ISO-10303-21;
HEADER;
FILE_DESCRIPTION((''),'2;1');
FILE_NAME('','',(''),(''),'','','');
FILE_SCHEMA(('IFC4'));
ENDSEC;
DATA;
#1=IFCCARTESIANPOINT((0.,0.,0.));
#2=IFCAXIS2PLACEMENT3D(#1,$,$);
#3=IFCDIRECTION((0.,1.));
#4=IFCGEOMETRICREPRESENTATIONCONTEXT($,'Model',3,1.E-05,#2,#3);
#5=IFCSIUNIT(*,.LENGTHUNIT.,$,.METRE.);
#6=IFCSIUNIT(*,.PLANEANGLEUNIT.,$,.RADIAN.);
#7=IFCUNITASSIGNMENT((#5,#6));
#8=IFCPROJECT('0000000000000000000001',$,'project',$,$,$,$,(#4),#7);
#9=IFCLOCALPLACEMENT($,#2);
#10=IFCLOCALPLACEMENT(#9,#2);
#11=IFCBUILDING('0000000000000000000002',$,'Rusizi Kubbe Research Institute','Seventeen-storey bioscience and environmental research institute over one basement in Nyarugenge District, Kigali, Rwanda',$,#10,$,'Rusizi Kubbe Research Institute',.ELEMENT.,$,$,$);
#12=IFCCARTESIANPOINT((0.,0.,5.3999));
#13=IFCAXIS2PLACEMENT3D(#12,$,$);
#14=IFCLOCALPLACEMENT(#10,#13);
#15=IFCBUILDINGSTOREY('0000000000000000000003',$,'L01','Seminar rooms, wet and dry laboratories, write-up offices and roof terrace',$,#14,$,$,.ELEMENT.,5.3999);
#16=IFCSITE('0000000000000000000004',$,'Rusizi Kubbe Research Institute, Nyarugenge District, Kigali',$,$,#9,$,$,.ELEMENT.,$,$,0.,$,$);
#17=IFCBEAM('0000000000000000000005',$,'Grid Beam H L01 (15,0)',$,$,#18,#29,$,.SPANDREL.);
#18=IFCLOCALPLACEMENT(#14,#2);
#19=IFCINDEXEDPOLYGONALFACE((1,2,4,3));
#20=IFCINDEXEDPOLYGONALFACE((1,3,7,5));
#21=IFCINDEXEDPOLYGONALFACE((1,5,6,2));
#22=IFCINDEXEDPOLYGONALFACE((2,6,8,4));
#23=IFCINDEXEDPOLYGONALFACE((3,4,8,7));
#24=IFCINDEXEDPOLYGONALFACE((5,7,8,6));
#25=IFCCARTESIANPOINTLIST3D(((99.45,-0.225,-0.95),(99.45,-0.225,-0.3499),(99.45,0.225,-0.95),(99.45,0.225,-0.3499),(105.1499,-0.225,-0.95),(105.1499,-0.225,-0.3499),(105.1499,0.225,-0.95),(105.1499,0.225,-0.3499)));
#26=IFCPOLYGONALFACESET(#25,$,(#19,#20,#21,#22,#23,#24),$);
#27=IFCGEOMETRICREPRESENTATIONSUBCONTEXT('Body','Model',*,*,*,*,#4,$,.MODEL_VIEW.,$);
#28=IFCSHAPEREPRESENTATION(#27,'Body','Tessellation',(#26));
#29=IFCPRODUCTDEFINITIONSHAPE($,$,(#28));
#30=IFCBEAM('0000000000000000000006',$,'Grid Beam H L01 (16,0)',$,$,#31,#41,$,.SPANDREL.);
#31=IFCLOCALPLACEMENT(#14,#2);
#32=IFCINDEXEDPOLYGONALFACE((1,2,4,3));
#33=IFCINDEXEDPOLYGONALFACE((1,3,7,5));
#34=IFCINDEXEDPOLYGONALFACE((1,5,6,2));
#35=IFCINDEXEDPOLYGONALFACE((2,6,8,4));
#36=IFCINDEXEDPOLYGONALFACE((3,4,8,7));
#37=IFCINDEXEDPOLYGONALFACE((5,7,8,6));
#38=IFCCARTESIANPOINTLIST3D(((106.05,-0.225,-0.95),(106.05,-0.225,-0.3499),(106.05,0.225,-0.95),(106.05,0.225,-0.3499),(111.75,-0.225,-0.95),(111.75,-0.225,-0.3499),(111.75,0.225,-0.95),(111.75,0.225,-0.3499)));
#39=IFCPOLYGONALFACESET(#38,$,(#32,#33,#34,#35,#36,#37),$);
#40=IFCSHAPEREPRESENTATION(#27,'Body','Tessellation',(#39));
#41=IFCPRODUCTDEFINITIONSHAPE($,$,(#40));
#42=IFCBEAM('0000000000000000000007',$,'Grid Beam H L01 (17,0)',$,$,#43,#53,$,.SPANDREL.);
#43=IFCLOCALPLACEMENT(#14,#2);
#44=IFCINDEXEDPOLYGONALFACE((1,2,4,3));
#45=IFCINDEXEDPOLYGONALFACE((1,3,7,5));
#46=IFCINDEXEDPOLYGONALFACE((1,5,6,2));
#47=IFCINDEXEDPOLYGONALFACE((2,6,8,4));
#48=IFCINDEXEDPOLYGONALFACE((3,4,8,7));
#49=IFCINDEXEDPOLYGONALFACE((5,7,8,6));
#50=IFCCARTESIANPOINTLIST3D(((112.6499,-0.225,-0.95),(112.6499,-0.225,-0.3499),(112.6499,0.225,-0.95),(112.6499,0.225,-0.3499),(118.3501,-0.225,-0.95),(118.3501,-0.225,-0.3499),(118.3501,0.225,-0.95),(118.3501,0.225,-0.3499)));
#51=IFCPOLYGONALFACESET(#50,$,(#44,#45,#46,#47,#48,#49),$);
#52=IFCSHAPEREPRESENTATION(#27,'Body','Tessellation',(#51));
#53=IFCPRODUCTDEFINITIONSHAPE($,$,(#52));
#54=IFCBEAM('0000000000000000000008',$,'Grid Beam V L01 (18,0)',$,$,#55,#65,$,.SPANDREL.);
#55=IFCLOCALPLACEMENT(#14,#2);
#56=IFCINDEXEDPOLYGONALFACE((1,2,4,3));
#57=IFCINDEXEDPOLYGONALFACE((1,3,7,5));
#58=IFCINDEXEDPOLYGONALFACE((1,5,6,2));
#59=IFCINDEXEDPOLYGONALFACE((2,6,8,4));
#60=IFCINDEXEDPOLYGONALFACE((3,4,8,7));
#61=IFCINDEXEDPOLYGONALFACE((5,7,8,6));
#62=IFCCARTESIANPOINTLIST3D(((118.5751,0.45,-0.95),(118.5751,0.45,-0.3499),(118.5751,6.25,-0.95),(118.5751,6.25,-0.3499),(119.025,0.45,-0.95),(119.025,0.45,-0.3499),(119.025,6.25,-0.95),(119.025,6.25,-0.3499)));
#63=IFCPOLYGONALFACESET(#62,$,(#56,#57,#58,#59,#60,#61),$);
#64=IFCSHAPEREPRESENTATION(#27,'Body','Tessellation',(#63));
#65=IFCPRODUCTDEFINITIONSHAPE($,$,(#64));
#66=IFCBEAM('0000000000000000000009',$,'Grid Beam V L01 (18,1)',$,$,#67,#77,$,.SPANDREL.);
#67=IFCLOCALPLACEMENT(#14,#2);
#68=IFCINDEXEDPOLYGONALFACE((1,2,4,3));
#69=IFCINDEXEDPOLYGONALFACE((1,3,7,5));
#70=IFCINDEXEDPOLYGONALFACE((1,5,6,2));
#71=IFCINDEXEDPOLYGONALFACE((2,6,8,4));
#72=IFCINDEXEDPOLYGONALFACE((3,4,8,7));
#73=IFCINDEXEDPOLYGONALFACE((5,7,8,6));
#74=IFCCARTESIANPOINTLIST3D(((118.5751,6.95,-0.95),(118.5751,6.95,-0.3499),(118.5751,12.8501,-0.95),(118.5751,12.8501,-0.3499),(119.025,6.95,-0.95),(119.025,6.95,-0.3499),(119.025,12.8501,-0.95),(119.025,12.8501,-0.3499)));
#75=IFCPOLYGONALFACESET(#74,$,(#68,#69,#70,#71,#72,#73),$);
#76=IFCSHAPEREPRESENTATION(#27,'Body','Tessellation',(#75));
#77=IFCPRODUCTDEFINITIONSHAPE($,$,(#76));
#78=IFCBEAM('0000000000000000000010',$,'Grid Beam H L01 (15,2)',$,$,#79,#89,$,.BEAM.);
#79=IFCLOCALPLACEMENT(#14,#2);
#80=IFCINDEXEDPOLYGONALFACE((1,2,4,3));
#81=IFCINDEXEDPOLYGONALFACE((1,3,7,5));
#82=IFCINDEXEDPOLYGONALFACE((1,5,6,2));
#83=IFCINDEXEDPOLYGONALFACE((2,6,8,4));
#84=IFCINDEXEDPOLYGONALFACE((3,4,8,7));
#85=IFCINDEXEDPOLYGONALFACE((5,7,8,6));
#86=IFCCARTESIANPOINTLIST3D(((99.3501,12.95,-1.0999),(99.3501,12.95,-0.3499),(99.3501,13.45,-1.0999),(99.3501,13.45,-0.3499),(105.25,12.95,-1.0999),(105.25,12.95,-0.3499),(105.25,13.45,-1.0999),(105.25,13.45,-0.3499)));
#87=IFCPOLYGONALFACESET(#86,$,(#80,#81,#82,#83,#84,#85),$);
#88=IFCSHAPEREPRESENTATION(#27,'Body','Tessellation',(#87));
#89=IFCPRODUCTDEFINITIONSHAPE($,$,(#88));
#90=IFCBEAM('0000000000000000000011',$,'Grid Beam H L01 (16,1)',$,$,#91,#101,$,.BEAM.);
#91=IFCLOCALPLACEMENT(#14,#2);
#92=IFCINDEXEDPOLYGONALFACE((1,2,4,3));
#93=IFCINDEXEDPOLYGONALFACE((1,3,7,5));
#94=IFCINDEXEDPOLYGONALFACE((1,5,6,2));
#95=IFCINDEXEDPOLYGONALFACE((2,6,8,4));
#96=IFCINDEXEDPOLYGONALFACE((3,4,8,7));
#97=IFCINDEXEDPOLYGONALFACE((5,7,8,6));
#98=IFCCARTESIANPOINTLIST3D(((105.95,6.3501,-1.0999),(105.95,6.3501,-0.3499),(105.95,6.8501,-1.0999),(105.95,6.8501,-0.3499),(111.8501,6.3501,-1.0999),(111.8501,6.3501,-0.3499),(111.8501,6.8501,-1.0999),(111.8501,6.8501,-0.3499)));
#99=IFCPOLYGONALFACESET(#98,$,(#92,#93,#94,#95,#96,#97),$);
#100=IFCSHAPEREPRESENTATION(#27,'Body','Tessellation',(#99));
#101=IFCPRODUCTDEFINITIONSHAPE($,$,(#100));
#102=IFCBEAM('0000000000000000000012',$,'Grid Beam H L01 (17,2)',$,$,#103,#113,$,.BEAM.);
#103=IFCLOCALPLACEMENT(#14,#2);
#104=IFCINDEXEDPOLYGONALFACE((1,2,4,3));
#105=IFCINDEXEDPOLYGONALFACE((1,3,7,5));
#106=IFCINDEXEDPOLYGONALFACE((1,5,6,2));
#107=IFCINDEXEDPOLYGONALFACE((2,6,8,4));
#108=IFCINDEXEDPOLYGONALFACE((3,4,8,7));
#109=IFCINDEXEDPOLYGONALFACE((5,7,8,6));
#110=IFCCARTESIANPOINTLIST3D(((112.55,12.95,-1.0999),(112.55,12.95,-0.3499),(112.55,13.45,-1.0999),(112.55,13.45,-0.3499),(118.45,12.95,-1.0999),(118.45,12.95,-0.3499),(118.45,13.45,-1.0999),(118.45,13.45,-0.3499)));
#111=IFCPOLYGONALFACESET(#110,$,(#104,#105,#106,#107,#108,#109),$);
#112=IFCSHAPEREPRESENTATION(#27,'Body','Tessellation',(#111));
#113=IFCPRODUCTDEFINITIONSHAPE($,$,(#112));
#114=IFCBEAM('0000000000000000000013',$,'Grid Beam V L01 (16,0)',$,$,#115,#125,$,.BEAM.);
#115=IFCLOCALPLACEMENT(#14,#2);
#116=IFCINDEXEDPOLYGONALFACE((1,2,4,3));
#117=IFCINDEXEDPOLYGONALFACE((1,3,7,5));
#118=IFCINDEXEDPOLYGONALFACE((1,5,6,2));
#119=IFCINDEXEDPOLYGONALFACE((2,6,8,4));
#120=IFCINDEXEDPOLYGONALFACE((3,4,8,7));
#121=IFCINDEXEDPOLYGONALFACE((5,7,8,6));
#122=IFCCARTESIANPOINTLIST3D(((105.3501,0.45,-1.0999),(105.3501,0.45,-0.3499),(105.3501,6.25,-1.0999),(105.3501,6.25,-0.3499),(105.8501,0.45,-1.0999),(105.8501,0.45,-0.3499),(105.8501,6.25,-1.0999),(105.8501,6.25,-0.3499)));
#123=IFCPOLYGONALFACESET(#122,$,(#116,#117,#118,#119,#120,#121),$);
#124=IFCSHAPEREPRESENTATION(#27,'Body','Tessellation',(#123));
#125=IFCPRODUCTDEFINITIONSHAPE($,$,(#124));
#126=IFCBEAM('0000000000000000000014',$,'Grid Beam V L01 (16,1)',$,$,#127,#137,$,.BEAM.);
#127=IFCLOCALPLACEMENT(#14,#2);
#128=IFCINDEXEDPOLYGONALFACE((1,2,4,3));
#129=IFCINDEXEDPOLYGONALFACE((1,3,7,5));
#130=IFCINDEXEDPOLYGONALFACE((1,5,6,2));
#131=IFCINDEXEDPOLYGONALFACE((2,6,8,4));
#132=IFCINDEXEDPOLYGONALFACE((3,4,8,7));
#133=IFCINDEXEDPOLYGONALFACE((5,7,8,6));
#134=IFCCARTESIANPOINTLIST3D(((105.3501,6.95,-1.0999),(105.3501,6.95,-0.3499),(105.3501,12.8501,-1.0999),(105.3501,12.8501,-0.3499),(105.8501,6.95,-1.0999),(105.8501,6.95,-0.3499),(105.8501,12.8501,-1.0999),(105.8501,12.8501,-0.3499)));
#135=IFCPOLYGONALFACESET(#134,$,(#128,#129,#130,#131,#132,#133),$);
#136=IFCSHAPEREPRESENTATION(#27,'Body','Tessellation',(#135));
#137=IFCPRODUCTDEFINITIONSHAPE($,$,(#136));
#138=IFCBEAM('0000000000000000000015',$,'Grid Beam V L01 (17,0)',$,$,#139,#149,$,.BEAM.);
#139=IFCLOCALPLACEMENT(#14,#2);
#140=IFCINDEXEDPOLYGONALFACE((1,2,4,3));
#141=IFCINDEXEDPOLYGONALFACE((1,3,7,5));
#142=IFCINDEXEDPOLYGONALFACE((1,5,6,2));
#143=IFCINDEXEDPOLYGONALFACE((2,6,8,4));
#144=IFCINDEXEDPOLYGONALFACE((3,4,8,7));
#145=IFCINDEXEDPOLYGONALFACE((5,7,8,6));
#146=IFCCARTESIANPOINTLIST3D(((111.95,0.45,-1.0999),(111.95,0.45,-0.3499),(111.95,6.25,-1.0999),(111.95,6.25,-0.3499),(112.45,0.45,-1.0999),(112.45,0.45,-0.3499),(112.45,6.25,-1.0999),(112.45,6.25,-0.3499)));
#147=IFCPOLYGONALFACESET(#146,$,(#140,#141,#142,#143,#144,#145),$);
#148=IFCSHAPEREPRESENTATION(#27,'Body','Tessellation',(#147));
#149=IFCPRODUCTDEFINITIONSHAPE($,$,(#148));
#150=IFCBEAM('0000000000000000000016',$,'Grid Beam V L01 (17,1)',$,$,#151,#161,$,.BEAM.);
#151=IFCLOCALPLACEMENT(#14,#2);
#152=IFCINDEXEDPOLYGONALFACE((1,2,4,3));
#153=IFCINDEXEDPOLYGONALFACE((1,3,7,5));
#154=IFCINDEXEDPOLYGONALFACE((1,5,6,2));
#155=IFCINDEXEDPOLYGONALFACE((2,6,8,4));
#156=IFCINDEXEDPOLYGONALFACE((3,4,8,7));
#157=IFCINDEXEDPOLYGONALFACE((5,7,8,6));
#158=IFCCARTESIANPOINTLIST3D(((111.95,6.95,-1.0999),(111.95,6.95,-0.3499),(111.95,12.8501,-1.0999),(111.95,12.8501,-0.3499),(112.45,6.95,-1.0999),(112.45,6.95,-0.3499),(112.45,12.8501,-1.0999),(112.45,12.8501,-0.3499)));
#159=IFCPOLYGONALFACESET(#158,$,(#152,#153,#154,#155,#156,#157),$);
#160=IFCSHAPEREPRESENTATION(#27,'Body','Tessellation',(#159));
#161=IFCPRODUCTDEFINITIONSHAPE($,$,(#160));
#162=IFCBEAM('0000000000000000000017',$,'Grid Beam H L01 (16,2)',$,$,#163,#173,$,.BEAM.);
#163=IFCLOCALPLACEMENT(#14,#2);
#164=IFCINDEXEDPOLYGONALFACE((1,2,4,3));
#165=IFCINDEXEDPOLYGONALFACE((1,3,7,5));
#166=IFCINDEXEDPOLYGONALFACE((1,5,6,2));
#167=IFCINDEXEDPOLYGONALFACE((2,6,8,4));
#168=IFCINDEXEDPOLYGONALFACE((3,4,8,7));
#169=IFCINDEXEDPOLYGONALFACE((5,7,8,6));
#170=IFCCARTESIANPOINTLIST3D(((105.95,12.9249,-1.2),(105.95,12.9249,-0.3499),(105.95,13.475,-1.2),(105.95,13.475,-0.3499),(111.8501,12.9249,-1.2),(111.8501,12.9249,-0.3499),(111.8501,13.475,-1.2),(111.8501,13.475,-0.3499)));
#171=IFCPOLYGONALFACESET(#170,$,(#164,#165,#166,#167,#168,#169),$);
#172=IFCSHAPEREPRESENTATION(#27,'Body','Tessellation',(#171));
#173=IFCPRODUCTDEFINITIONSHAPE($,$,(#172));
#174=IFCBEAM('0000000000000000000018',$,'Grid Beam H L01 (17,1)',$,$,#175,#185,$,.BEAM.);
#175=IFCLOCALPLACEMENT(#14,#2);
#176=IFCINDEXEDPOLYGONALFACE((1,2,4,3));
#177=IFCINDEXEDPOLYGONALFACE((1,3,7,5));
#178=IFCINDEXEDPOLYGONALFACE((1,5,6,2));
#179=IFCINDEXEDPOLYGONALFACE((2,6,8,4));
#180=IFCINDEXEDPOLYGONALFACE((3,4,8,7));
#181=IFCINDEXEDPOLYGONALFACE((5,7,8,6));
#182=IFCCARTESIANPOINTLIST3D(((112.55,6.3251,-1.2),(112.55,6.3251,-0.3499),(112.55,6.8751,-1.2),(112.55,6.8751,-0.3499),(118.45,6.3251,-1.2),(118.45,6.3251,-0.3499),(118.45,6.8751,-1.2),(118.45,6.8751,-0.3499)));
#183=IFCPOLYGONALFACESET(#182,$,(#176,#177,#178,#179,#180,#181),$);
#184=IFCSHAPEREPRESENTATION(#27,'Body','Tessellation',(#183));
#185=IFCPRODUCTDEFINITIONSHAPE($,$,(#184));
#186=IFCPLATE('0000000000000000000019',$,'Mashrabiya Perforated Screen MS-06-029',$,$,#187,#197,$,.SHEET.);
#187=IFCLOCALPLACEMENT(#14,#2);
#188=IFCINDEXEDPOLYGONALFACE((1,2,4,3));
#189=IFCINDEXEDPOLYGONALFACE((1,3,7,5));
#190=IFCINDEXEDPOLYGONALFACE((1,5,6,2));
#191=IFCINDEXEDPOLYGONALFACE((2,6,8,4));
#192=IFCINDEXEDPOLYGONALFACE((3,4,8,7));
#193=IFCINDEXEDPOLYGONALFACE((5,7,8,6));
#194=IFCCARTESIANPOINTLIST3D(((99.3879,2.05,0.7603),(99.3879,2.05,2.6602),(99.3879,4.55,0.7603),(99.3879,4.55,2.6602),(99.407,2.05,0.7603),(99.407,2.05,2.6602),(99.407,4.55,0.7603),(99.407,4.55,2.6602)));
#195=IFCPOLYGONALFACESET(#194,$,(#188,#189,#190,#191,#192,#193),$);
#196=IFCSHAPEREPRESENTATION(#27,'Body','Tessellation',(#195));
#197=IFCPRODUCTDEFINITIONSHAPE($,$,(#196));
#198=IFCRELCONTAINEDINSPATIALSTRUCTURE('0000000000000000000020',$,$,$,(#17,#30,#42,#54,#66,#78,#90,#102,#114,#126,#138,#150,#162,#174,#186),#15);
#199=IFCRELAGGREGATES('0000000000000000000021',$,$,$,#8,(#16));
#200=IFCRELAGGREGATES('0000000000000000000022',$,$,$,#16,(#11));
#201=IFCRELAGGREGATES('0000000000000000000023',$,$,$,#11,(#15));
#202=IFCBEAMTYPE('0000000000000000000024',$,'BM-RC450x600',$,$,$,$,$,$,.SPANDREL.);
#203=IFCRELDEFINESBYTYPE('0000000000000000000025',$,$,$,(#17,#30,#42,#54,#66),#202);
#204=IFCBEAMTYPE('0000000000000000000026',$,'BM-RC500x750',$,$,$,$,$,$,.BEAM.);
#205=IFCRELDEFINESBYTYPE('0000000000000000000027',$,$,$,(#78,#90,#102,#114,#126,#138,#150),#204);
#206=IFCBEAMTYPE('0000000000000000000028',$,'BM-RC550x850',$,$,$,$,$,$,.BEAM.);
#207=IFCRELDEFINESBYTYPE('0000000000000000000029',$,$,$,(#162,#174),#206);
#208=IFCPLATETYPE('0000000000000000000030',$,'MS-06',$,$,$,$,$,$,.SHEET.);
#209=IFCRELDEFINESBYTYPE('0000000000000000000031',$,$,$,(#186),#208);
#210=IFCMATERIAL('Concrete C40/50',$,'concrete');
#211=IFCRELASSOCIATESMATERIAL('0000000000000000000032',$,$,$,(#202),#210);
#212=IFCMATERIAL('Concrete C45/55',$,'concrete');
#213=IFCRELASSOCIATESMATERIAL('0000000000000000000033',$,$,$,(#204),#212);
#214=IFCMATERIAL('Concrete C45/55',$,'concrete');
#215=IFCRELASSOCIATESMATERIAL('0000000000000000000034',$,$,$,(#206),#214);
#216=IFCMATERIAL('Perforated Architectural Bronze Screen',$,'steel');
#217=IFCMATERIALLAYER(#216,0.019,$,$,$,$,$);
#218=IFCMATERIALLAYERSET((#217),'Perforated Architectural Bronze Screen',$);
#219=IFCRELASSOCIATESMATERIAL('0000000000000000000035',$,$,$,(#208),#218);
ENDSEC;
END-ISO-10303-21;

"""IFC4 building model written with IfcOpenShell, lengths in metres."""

from ifc_helpers import new_model, si_unit, direction, frame, origin, origin_2d, place, context, subcontext, project, spatial, rectangle, extrude, material, layer, layer_set, material_profile, profile_set, type_object, element, save


model = new_model("IFC4")

# Units and contexts
model_context = context("Model", 3, precision=1e-05, world=origin(), true_north=direction((0.0, 1.0)))
body_context = subcontext(model_context, "Body", "Model", "MODEL_VIEW")
ifc_project = project(units=[si_unit("LENGTHUNIT", "METRE"), si_unit("PLANEANGLEUNIT", "RADIAN")], contexts=[model_context])

# Site, building, storey
site_placement = place(None, origin())
site = spatial("IfcSite", under=ifc_project, at=site_placement, Name="Rusizi Kubbe Research Institute, Nyarugenge District, Kigali", CompositionType="ELEMENT", RefElevation=0.0)
building_placement = place(site_placement, origin())
building = spatial("IfcBuilding", under=site, at=building_placement, Name="Rusizi Kubbe Research Institute", Description="Seventeen-storey bioscience and environmental research institute over one basement in Nyarugenge District, Kigali, Rwanda", LongName="Rusizi Kubbe Research Institute", CompositionType="ELEMENT")
storey_placement = place(building_placement, frame((0.0, 0.0, 5.3999)))
storey = spatial("IfcBuildingStorey", under=building, at=storey_placement, Name="L01", Description="Seminar rooms, wet and dry laboratories, write-up offices and roof terrace", CompositionType="ELEMENT", Elevation=5.3999)

# Beams
ifc_material_1 = material(Name="Concrete C40/50", Category="concrete")
ifc_material_profile_1 = material_profile(ifc_material_1, rectangle(XDim=0.45, YDim=0.6001, at=origin_2d()), Name="RC450x600")
ifc_profile_set_1 = profile_set([ifc_material_profile_1], Name="Concrete C40/50")
beam_type_1 = type_object("IfcBeamType", Name="BM-RC450x600", PredefinedType="SPANDREL", material=ifc_profile_set_1)
for number, where, z_axis, x_axis, name in (
    (1, (99.45, 0.0, -0.6499), (1.0, 0.0, 0.0), (0.0, 1.0, 0.0), "Grid Beam H L01 (15,0)"),
    (2, (106.05, 0.0, -0.6499), (1.0, 0.0, 0.0), (0.0, 1.0, 0.0), "Grid Beam H L01 (16,0)"),
):
    element("IfcBeam", number, at=place(storey_placement, frame(where, z_axis=z_axis, x_axis=x_axis)), inside=storey, type_object=beam_type_1, Name=name, PredefinedType="SPANDREL", context=body_context, shape_type="SweptSolid", body=[
        extrude(rectangle(XDim=0.45, YDim=0.6001, at=origin_2d()), origin(), (0.0, 0.0, 1.0), 5.7),
    ])
beam_1_placement = place(storey_placement, frame((112.6499, 0.0, -0.6499), z_axis=(1.0, 0.0, 0.0), x_axis=(0.0, 1.0, 0.0)))
element("IfcBeam", 3, at=beam_1_placement, inside=storey, type_object=beam_type_1, Name="Grid Beam H L01 (17,0)", PredefinedType="SPANDREL", context=body_context, shape_type="SweptSolid", body=[
    extrude(rectangle(XDim=0.45, YDim=0.6001, at=origin_2d()), origin(), (0.0, 0.0, 1.0), 5.7002),
])
beam_2_placement = place(storey_placement, frame((118.8, 0.45, -0.6499), z_axis=(0.0, 1.0, 0.0), x_axis=(-1.0, 0.0, 0.0)))
element("IfcBeam", 4, at=beam_2_placement, inside=storey, type_object=beam_type_1, Name="Grid Beam V L01 (18,0)", PredefinedType="SPANDREL", context=body_context, shape_type="SweptSolid", body=[
    extrude(rectangle(XDim=0.45, YDim=0.6001, at=origin_2d()), origin(), (0.0, 0.0, 1.0), 5.8),
])
beam_3_placement = place(storey_placement, frame((118.8, 6.95, -0.6499), z_axis=(0.0, 1.0, 0.0), x_axis=(-1.0, 0.0, 0.0)))
element("IfcBeam", 5, at=beam_3_placement, inside=storey, type_object=beam_type_1, Name="Grid Beam V L01 (18,1)", PredefinedType="SPANDREL", context=body_context, shape_type="SweptSolid", body=[
    extrude(rectangle(XDim=0.45, YDim=0.6001, at=origin_2d()), origin(), (0.0, 0.0, 1.0), 5.9001),
])
ifc_material_2 = material(Name="Concrete C45/55", Category="concrete")
ifc_material_profile_2 = material_profile(ifc_material_2, rectangle(XDim=0.5, YDim=0.75, at=origin_2d()), Name="RC500x750B")
ifc_profile_set_2 = profile_set([ifc_material_profile_2], Name="Concrete C45/55")
beam_type_2 = type_object("IfcBeamType", Name="BM-RC500x750", PredefinedType="BEAM", material=ifc_profile_set_2)
beam_4_placement = place(storey_placement, frame((99.3501, 13.2, -0.7249), z_axis=(1.0, 0.0, 0.0), x_axis=(0.0, 1.0, 0.0)))
element("IfcBeam", 6, at=beam_4_placement, inside=storey, type_object=beam_type_2, Name="Grid Beam H L01 (15,2)", PredefinedType="BEAM", context=body_context, shape_type="SweptSolid", body=[
    extrude(rectangle(XDim=0.5, YDim=0.75, at=origin_2d()), origin(), (0.0, 0.0, 1.0), 5.8999),
])
beam_5_placement = place(storey_placement, frame((105.95, 6.6001, -0.7249), z_axis=(1.0, 0.0, 0.0), x_axis=(0.0, 1.0, 0.0)))
element("IfcBeam", 7, at=beam_5_placement, inside=storey, type_object=beam_type_2, Name="Grid Beam H L01 (16,1)", PredefinedType="BEAM", context=body_context, shape_type="SweptSolid", body=[
    extrude(rectangle(XDim=0.5, YDim=0.75, at=origin_2d()), origin(), (0.0, 0.0, 1.0), 5.9001),
])
beam_6_placement = place(storey_placement, frame((112.55, 13.2, -0.7249), z_axis=(1.0, 0.0, 0.0), x_axis=(0.0, 1.0, 0.0)))
element("IfcBeam", 8, at=beam_6_placement, inside=storey, type_object=beam_type_2, Name="Grid Beam H L01 (17,2)", PredefinedType="BEAM", context=body_context, shape_type="SweptSolid", body=[
    extrude(rectangle(XDim=0.5, YDim=0.75, at=origin_2d()), origin(), (0.0, 0.0, 1.0), 5.8999),
])
beam_7_placement = place(storey_placement, frame((105.6001, 0.45, -0.7249), z_axis=(0.0, 1.0, 0.0), x_axis=(-1.0, 0.0, 0.0)))
element("IfcBeam", 9, at=beam_7_placement, inside=storey, type_object=beam_type_2, Name="Grid Beam V L01 (16,0)", PredefinedType="BEAM", context=body_context, shape_type="SweptSolid", body=[
    extrude(rectangle(XDim=0.5, YDim=0.75, at=origin_2d()), origin(), (0.0, 0.0, 1.0), 5.8),
])
beam_8_placement = place(storey_placement, frame((105.6001, 6.95, -0.7249), z_axis=(0.0, 1.0, 0.0), x_axis=(-1.0, 0.0, 0.0)))
element("IfcBeam", 10, at=beam_8_placement, inside=storey, type_object=beam_type_2, Name="Grid Beam V L01 (16,1)", PredefinedType="BEAM", context=body_context, shape_type="SweptSolid", body=[
    extrude(rectangle(XDim=0.5, YDim=0.75, at=origin_2d()), origin(), (0.0, 0.0, 1.0), 5.9001),
])
beam_9_placement = place(storey_placement, frame((112.2, 0.45, -0.7249), z_axis=(0.0, 1.0, 0.0), x_axis=(-1.0, 0.0, 0.0)))
element("IfcBeam", 11, at=beam_9_placement, inside=storey, type_object=beam_type_2, Name="Grid Beam V L01 (17,0)", PredefinedType="BEAM", context=body_context, shape_type="SweptSolid", body=[
    extrude(rectangle(XDim=0.5, YDim=0.75, at=origin_2d()), origin(), (0.0, 0.0, 1.0), 5.8),
])
beam_10_placement = place(storey_placement, frame((112.2, 6.95, -0.7249), z_axis=(0.0, 1.0, 0.0), x_axis=(-1.0, 0.0, 0.0)))
element("IfcBeam", 12, at=beam_10_placement, inside=storey, type_object=beam_type_2, Name="Grid Beam V L01 (17,1)", PredefinedType="BEAM", context=body_context, shape_type="SweptSolid", body=[
    extrude(rectangle(XDim=0.5, YDim=0.75, at=origin_2d()), origin(), (0.0, 0.0, 1.0), 5.9001),
])
ifc_material_3 = material(Name="Concrete C45/55", Category="concrete")
ifc_material_profile_3 = material_profile(ifc_material_3, rectangle(XDim=0.55, YDim=0.8501, at=origin_2d()), Name="RC550x850")
ifc_profile_set_3 = profile_set([ifc_material_profile_3], Name="Concrete C45/55")
beam_type_3 = type_object("IfcBeamType", Name="BM-RC550x850", PredefinedType="BEAM", material=ifc_profile_set_3)
beam_11_placement = place(storey_placement, frame((105.95, 13.2, -0.7749), z_axis=(1.0, 0.0, 0.0), x_axis=(0.0, 1.0, 0.0)))
element("IfcBeam", 13, at=beam_11_placement, inside=storey, type_object=beam_type_3, Name="Grid Beam H L01 (16,2)", PredefinedType="BEAM", context=body_context, shape_type="SweptSolid", body=[
    extrude(rectangle(XDim=0.55, YDim=0.8501, at=origin_2d()), origin(), (0.0, 0.0, 1.0), 5.9001),
])
beam_12_placement = place(storey_placement, frame((112.55, 6.6001, -0.7749), z_axis=(1.0, 0.0, 0.0), x_axis=(0.0, 1.0, 0.0)))
element("IfcBeam", 14, at=beam_12_placement, inside=storey, type_object=beam_type_3, Name="Grid Beam H L01 (17,1)", PredefinedType="BEAM", context=body_context, shape_type="SweptSolid", body=[
    extrude(rectangle(XDim=0.55, YDim=0.8501, at=origin_2d()), origin(), (0.0, 0.0, 1.0), 5.8999),
])

# Plate
ifc_material_4 = material(Name="Perforated Architectural Bronze Screen", Category="steel")
ifc_layer_1 = layer(ifc_material_4, 0.019)
ifc_layer_set_1 = layer_set([ifc_layer_1], Name="Perforated Architectural Bronze Screen")
plate_type = type_object("IfcPlateType", Name="MS-06", PredefinedType="SHEET", material=ifc_layer_set_1)
plate_placement = place(storey_placement, frame((99.3975, 3.3, 0.7603), z_axis=(0.0, 0.0, 1.0), x_axis=(0.0, 1.0, 0.0)))
element("IfcPlate", 15, at=plate_placement, inside=storey, type_object=plate_type, Name="Mashrabiya Perforated Screen MS-06-029", PredefinedType="SHEET", context=body_context, shape_type="SweptSolid", body=[
    extrude(rectangle(XDim=2.5, YDim=0.019, at=origin_2d()), origin(), (0.0, 0.0, 1.0), 1.8999),
])

save(model, "model.ifc")
